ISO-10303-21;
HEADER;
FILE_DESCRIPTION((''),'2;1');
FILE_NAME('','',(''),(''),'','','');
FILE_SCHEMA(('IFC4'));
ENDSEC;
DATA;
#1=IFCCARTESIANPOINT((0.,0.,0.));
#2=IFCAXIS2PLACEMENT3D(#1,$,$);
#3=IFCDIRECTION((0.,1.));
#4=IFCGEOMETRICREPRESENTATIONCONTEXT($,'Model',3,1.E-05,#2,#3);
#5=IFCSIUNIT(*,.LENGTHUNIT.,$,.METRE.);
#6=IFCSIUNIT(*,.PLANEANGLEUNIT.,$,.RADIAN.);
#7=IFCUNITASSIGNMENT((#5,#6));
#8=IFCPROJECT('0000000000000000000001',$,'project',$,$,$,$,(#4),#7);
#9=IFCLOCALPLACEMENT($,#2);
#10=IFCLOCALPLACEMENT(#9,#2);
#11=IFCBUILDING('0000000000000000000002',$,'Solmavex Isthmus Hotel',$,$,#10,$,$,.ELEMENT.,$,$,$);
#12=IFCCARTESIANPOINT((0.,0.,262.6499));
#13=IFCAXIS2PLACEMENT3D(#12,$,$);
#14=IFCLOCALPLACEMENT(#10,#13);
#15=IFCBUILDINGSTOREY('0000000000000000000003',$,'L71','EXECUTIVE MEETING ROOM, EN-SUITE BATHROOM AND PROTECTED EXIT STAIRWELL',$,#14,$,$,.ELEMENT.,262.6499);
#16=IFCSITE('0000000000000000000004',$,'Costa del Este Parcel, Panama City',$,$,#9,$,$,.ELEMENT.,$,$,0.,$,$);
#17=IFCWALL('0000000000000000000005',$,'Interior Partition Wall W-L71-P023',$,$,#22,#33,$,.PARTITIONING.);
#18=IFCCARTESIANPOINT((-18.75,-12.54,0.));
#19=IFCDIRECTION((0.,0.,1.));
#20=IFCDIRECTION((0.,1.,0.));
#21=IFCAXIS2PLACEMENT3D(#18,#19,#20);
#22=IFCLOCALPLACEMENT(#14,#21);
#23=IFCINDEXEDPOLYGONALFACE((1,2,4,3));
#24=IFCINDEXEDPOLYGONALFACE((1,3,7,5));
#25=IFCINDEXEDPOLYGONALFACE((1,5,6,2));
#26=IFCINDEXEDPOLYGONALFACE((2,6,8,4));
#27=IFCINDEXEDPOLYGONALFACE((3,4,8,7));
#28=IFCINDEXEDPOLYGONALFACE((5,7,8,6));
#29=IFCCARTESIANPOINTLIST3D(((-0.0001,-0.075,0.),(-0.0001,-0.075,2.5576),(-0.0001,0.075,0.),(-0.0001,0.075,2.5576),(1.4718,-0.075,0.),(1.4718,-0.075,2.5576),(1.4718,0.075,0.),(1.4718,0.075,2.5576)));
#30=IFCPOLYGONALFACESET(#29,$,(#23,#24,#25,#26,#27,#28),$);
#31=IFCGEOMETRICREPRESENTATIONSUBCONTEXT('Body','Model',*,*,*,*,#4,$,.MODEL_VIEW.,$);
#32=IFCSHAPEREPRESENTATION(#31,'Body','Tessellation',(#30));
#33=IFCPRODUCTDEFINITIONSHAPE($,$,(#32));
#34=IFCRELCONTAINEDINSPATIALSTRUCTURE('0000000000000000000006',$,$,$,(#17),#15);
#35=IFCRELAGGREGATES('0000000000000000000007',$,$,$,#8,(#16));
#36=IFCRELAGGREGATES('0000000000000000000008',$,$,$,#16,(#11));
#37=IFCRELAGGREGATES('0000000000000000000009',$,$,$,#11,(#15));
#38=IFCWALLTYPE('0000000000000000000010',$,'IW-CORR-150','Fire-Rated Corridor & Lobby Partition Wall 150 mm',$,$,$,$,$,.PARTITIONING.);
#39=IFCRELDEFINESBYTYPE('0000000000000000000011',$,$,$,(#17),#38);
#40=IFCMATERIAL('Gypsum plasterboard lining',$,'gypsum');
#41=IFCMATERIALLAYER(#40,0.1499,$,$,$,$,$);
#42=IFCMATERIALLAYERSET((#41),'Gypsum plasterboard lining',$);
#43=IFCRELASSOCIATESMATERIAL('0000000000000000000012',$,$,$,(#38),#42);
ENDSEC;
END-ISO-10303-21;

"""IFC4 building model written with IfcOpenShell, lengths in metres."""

from ifc_helpers import new_model, si_unit, direction, frame, frame_2d, origin, place, context, subcontext, project, spatial, rectangle, extrude, material, layer, layer_set, type_object, element, save


model = new_model("IFC4")

# Units and contexts
model_context = context("Model", 3, precision=1e-05, world=origin(), true_north=direction((0.0, 1.0)))
body_context = subcontext(model_context, "Body", "Model", "MODEL_VIEW")
ifc_project = project(units=[si_unit("LENGTHUNIT", "METRE"), si_unit("PLANEANGLEUNIT", "RADIAN")], contexts=[model_context])

# Site, building, storey
site_placement = place(None, origin())
site = spatial("IfcSite", under=ifc_project, at=site_placement, Name="Costa del Este Parcel, Panama City", CompositionType="ELEMENT", RefElevation=0.0)
building_placement = place(site_placement, origin())
building = spatial("IfcBuilding", under=site, at=building_placement, Name="Solmavex Isthmus Hotel", CompositionType="ELEMENT")
storey_placement = place(building_placement, frame((0.0, 0.0, 262.6499)))
storey = spatial("IfcBuildingStorey", under=building, at=storey_placement, Name="L71", Description="EXECUTIVE MEETING ROOM, EN-SUITE BATHROOM AND PROTECTED EXIT STAIRWELL", CompositionType="ELEMENT", Elevation=262.6499)

# Shared definitions
ifc_material_1 = material(Name="Gypsum plasterboard lining", Category="gypsum")

# Shared definitions
ifc_layer_1 = layer(ifc_material_1, 0.1499)
ifc_layer_set_1 = layer_set([ifc_layer_1], Name="Gypsum plasterboard lining")
wall_type_1 = type_object("IfcWallType", Name="IW-CORR-150", Description="Fire-Rated Corridor & Lobby Partition Wall 150 mm", PredefinedType="PARTITIONING", material=ifc_layer_set_1)

# Wall
wall_1_placement = place(storey_placement, frame((-18.75, -12.54, 0.0), z_axis=(0.0, 0.0, 1.0), x_axis=(0.0, 1.0, 0.0)))
element("IfcWall", 1, at=wall_1_placement, inside=storey, type_object=wall_type_1, Name="Interior Partition Wall W-L71-P023", PredefinedType="PARTITIONING", context=body_context, shape_type="SweptSolid", body=[
    extrude(rectangle(XDim=1.4719, YDim=0.1499, at=frame_2d((0.7358, 0.0))), origin(), (0.0, 0.0, 1.0), 2.5576),
])

save(model, "model.ifc")
